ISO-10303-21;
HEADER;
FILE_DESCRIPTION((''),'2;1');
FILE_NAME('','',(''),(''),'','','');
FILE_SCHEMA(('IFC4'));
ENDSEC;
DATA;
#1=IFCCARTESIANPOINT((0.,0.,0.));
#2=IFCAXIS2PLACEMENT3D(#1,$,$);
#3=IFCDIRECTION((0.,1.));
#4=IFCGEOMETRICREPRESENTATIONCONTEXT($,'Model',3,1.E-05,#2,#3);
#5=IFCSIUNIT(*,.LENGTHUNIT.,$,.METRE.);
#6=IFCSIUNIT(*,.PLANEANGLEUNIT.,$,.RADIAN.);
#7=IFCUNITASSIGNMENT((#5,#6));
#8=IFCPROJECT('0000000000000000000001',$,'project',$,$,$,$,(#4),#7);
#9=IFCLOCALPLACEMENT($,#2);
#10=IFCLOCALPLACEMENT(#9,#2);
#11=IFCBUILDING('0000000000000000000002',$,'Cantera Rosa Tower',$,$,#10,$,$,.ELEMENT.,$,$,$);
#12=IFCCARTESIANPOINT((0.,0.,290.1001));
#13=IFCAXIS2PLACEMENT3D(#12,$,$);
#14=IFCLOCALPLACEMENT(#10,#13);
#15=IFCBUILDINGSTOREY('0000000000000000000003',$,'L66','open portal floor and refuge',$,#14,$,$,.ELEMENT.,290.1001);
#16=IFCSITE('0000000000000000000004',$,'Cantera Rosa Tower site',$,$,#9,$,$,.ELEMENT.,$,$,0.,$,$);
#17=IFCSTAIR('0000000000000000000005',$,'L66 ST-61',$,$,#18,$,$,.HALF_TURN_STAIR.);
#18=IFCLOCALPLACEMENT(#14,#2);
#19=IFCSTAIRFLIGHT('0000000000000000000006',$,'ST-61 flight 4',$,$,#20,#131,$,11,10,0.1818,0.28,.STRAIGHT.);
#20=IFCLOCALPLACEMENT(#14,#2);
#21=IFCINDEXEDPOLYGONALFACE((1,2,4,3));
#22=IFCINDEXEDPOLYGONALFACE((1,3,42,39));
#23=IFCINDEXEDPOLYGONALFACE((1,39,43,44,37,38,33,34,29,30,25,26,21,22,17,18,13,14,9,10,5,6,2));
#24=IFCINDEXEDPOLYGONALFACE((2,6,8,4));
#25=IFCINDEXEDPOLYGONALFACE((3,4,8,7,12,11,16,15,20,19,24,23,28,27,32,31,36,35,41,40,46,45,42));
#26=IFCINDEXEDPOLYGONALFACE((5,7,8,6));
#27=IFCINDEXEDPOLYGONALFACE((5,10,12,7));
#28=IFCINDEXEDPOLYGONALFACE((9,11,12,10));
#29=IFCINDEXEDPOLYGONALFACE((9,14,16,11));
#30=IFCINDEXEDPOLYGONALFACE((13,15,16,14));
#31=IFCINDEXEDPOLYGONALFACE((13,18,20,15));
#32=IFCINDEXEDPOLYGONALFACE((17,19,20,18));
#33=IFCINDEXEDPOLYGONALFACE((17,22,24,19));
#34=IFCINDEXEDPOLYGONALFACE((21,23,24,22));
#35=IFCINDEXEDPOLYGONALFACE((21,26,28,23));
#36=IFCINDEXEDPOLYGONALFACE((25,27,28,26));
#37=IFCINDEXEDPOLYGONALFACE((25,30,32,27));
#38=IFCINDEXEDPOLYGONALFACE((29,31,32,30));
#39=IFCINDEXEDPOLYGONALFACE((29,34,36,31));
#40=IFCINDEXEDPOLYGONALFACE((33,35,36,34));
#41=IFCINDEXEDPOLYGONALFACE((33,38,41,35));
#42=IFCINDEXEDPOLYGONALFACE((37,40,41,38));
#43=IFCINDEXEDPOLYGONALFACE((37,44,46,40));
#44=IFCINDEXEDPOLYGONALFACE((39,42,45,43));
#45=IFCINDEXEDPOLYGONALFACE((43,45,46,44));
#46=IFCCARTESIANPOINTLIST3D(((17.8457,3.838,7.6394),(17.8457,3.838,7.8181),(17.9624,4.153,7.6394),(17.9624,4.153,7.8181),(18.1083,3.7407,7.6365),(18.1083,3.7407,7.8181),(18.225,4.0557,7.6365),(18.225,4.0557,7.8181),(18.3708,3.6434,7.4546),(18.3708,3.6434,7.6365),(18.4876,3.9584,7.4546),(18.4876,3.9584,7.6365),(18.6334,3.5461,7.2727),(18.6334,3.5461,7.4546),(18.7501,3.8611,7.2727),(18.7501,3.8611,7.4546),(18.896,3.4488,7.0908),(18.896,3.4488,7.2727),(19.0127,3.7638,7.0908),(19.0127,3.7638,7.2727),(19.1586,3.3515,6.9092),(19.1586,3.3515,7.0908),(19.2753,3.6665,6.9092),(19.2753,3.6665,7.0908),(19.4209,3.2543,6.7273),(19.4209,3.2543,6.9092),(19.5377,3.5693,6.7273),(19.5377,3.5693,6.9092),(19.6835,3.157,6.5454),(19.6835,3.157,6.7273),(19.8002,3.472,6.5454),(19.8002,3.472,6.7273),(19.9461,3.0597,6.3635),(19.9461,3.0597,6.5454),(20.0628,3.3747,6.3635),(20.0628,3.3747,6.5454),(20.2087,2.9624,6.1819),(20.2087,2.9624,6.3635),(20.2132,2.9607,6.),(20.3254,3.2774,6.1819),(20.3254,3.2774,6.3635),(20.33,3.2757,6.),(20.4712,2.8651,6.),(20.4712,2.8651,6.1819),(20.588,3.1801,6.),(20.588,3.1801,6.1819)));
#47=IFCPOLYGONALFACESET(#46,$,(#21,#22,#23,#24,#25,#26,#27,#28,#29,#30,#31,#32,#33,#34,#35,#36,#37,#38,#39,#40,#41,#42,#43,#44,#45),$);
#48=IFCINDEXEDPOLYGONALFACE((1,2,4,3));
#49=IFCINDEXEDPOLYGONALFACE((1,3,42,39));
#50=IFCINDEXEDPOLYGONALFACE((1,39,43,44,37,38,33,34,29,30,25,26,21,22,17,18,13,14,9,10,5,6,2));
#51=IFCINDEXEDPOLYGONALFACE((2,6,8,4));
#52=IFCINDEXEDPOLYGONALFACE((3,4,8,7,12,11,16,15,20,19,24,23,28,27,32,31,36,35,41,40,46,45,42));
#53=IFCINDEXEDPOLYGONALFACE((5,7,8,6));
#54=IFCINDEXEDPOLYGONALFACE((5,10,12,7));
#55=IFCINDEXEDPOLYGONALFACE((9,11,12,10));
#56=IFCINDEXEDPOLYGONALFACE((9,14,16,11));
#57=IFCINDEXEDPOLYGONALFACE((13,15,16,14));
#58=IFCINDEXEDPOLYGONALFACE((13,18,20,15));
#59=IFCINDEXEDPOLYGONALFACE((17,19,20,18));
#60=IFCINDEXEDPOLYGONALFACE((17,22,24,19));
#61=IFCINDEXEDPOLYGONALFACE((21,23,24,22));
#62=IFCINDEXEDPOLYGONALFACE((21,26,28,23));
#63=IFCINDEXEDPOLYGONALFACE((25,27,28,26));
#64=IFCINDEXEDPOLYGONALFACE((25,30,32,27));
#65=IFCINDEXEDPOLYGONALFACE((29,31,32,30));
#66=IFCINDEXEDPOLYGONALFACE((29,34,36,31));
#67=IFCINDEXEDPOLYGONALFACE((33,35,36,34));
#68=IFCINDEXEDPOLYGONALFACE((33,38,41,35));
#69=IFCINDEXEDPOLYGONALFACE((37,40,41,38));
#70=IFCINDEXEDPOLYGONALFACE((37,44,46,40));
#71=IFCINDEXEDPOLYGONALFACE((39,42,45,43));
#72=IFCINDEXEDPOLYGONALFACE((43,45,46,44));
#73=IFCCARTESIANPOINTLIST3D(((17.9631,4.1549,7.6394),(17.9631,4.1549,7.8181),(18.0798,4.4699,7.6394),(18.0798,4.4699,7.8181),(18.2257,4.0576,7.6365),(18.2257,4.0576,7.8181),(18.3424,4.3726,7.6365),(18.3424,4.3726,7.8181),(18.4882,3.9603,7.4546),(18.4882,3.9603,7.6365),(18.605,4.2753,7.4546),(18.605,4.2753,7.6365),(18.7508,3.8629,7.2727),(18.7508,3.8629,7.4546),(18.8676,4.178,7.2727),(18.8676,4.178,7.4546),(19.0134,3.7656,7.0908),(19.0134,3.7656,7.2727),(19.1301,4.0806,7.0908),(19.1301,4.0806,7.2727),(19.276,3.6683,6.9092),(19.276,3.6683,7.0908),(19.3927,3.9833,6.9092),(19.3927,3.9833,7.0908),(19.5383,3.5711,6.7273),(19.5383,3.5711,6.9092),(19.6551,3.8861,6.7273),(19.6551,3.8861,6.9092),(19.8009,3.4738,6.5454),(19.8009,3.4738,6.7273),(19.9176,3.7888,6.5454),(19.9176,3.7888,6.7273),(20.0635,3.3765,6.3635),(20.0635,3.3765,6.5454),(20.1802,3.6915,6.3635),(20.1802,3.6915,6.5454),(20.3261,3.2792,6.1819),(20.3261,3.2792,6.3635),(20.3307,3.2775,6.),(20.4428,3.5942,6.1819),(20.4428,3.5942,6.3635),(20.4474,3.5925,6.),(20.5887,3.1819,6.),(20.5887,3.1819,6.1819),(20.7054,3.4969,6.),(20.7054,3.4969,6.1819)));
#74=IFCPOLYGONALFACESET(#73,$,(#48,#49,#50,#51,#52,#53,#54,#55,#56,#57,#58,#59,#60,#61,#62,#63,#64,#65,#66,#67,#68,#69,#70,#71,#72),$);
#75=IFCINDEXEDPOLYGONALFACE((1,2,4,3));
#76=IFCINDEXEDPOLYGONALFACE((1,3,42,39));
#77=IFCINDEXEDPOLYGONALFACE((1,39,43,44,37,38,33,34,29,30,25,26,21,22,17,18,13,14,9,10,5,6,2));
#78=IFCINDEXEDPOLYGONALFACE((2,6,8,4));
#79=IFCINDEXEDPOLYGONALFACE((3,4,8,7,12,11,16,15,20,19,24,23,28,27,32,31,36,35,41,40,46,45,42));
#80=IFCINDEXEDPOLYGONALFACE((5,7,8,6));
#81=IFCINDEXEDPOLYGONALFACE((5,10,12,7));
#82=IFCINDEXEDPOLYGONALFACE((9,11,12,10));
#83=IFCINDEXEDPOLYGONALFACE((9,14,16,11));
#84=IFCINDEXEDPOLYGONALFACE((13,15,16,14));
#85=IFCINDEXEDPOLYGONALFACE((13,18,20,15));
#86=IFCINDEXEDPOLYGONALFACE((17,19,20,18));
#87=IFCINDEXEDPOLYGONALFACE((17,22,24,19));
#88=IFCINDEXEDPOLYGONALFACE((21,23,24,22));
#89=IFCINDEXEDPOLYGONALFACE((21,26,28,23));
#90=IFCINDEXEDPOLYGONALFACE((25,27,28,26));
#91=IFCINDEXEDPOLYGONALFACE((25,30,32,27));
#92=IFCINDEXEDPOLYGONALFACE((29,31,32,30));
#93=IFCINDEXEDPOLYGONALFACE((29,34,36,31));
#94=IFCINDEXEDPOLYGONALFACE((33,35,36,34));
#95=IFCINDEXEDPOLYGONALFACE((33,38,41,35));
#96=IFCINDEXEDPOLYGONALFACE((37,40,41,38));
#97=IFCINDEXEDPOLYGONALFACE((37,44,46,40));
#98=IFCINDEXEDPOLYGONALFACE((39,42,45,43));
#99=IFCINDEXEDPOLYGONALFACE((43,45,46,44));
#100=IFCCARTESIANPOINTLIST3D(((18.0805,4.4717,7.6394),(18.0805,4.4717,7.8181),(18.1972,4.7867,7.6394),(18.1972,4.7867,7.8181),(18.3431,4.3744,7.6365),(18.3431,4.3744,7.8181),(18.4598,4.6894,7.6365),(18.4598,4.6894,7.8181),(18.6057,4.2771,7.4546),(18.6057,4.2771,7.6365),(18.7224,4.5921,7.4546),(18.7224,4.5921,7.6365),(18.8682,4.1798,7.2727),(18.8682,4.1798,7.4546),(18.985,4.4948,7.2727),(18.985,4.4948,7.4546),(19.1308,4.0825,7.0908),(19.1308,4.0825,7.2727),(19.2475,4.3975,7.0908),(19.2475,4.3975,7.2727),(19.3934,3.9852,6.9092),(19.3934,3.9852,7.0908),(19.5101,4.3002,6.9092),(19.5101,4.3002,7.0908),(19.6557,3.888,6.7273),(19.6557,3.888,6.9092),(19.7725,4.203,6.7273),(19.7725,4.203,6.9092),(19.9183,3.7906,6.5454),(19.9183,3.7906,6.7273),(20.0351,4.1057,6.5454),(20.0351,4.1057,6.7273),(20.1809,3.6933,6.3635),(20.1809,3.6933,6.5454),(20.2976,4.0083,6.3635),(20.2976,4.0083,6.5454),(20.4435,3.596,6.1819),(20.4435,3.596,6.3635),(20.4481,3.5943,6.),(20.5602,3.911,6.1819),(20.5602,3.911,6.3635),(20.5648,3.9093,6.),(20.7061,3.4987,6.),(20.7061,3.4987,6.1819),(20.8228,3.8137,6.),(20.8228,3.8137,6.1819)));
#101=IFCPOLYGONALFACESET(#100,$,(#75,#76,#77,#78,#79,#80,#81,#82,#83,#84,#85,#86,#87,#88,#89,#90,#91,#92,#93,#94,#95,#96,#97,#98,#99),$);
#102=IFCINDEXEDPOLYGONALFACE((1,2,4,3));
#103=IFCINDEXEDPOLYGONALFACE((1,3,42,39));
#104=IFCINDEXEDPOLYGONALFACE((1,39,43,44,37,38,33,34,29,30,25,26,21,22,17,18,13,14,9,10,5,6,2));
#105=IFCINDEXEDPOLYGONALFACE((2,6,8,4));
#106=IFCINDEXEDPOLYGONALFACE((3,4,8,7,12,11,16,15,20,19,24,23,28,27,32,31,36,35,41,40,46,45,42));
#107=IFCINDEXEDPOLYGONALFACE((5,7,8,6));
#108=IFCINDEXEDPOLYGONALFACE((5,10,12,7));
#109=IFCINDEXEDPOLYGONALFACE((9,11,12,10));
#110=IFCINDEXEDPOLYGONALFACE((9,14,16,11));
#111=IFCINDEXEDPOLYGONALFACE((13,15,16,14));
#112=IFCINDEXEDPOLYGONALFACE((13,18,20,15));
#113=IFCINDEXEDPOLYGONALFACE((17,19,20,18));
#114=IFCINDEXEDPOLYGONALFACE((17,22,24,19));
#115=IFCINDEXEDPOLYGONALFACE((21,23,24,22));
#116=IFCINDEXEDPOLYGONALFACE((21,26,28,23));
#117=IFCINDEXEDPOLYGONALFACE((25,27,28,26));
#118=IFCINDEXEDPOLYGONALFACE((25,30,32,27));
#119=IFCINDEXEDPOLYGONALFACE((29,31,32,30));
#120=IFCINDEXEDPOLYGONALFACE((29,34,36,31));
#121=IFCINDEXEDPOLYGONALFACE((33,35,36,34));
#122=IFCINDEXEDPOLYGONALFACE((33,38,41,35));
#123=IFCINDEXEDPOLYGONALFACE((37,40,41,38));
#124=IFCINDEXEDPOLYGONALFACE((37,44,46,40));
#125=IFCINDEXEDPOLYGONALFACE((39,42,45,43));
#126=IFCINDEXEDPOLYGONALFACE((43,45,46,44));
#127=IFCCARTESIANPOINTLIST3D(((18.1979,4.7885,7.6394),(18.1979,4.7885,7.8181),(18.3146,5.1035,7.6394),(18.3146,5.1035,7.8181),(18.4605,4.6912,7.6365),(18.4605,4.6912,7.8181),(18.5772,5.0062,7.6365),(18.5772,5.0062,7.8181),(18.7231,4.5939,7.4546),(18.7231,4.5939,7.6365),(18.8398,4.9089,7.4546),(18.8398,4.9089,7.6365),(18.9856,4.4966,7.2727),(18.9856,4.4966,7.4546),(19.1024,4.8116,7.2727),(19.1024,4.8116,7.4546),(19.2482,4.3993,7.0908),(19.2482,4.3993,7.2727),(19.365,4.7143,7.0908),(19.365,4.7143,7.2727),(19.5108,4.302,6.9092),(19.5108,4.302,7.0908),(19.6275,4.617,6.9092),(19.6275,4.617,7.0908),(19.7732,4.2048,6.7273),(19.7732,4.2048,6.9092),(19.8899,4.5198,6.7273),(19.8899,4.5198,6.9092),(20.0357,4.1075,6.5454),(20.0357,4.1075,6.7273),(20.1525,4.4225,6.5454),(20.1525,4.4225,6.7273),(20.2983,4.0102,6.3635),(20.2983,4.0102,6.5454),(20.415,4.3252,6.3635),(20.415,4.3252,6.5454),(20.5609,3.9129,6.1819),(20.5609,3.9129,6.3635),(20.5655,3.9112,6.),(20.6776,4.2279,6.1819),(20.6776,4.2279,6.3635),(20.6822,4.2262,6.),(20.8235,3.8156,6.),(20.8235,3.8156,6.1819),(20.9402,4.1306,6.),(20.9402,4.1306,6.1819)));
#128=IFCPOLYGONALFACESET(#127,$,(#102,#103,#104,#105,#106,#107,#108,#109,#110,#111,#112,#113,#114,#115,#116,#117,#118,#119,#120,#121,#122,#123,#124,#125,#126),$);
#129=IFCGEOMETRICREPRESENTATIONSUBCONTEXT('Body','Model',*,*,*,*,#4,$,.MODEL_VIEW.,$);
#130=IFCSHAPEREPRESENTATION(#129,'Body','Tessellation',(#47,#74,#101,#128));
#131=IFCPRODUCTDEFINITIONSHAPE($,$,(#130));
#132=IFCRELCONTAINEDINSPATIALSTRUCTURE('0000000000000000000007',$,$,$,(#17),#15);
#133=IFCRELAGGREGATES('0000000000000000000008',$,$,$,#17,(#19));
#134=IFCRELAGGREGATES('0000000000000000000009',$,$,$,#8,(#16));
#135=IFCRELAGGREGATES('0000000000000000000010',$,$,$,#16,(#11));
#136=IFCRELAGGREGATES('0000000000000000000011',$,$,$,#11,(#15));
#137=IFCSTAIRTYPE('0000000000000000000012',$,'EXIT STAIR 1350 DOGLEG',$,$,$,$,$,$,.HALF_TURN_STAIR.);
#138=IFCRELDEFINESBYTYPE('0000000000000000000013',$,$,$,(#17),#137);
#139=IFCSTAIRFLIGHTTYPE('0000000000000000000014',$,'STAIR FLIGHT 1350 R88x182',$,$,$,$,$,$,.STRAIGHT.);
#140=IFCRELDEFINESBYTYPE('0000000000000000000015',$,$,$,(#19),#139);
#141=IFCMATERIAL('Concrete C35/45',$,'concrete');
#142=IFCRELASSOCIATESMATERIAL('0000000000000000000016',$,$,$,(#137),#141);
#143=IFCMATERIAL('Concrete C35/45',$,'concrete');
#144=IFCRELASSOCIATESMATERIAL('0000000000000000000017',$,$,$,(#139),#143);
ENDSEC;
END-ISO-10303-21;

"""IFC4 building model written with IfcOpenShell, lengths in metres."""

from ifc_helpers import new_model, si_unit, direction, frame, origin, place, context, subcontext, project, spatial, polyline, outline, extrude, material, type_object, element, aggregate, save


model = new_model("IFC4")

# Units and contexts
model_context = context("Model", 3, precision=1e-05, world=origin(), true_north=direction((0.0, 1.0)))
body_context = subcontext(model_context, "Body", "Model", "MODEL_VIEW")
ifc_project = project(units=[si_unit("LENGTHUNIT", "METRE"), si_unit("PLANEANGLEUNIT", "RADIAN")], contexts=[model_context])

# Site, building, storey
site_placement = place(None, origin())
site = spatial("IfcSite", under=ifc_project, at=site_placement, Name="Cantera Rosa Tower site", CompositionType="ELEMENT", RefElevation=0.0)
building_placement = place(site_placement, origin())
building = spatial("IfcBuilding", under=site, at=building_placement, Name="Cantera Rosa Tower", CompositionType="ELEMENT")
storey_placement = place(building_placement, frame((0.0, 0.0, 290.1001)))
storey = spatial("IfcBuildingStorey", under=building, at=storey_placement, Name="L66", Description="open portal floor and refuge", CompositionType="ELEMENT", Elevation=290.1001)

# Stair, stair flight
ifc_material_1 = material(Name="Concrete C35/45", Category="concrete")
stair_type = type_object("IfcStairType", Name="EXIT STAIR 1350 DOGLEG", PredefinedType="HALF_TURN_STAIR", material=ifc_material_1)
stair_placement = place(storey_placement, origin())
stair = element("IfcStair", 1, at=stair_placement, inside=storey, type_object=stair_type, Name="L66 ST-61", PredefinedType="HALF_TURN_STAIR")
ifc_material_2 = material(Name="Concrete C35/45", Category="concrete")
stair_flight_type = type_object("IfcStairFlightType", Name="STAIR FLIGHT 1350 R88x182", PredefinedType="STRAIGHT", material=ifc_material_2)
stair_flight_1_placement = place(storey_placement, frame((20.7058, 3.498, 6.0), z_axis=(0.0, 0.0, 1.0), x_axis=(-0.937687, 0.347481, 0.0)))
stair_flight_1 = element("IfcStairFlight", 2, at=stair_flight_1_placement, type_object=stair_flight_type, Name="ST-61 flight 4", NumberOfRisers=11, NumberOfTreads=10, PredefinedType="STRAIGHT", RiserHeight=0.1818, TreadLength=0.28, context=body_context, shape_type="SweptSolid", body=[
    extrude(outline(polyline([(0.0, 0.0), (0.0, 0.1819), (0.28, 0.1819), (0.28, 0.3635), (0.5601, 0.3635), (0.5601, 0.5454), (0.8401, 0.5454), (0.8401, 0.7273), (1.1201, 0.7273), (1.1201, 0.9092), (1.3999, 0.9092), (1.3999, 1.0908), (1.6799, 1.0908), (1.6799, 1.2727), (1.96, 1.2727), (1.96, 1.4546), (2.24, 1.4546), (2.24, 1.6365), (2.52, 1.6365), (2.52, 1.8181), (2.8, 1.8181), (2.8, 2.0), (2.8, 1.6394), (0.2751, 0.0), (0.0, 0.0)])), frame((0.0, 0.675, 0.0), z_axis=(0.0, -1.0, 0.0), x_axis=(1.0, 0.0, 0.0)), (0.0, 0.0, 1.0), 0.3359),
    extrude(outline(polyline([(0.0, 0.0), (0.0, 0.1819), (0.28, 0.1819), (0.28, 0.3635), (0.5601, 0.3635), (0.5601, 0.5454), (0.8401, 0.5454), (0.8401, 0.7273), (1.1201, 0.7273), (1.1201, 0.9092), (1.3999, 0.9092), (1.3999, 1.0908), (1.6799, 1.0908), (1.6799, 1.2727), (1.96, 1.2727), (1.96, 1.4546), (2.24, 1.4546), (2.24, 1.6365), (2.52, 1.6365), (2.52, 1.8181), (2.8, 1.8181), (2.8, 2.0), (2.8, 1.6394), (0.2751, 0.0), (0.0, 0.0)])), frame((0.0, 0.3372, 0.0), z_axis=(0.0, -1.0, 0.0), x_axis=(1.0, 0.0, 0.0)), (0.0, 0.0, 1.0), 0.3359),
    extrude(outline(polyline([(0.0, 0.0), (0.0, 0.1819), (0.28, 0.1819), (0.28, 0.3635), (0.5601, 0.3635), (0.5601, 0.5454), (0.8401, 0.5454), (0.8401, 0.7273), (1.1201, 0.7273), (1.1201, 0.9092), (1.3999, 0.9092), (1.3999, 1.0908), (1.6799, 1.0908), (1.6799, 1.2727), (1.96, 1.2727), (1.96, 1.4546), (2.24, 1.4546), (2.24, 1.6365), (2.52, 1.6365), (2.52, 1.8181), (2.8, 1.8181), (2.8, 2.0), (2.8, 1.6394), (0.2751, 0.0), (0.0, 0.0)])), frame((0.0, -0.0007, 0.0), z_axis=(0.0, -1.0, 0.0), x_axis=(1.0, 0.0, 0.0)), (0.0, 0.0, 1.0), 0.3359),
    extrude(outline(polyline([(0.0, 0.0), (0.0, 0.1819), (0.28, 0.1819), (0.28, 0.3635), (0.5601, 0.3635), (0.5601, 0.5454), (0.8401, 0.5454), (0.8401, 0.7273), (1.1201, 0.7273), (1.1201, 0.9092), (1.3999, 0.9092), (1.3999, 1.0908), (1.6799, 1.0908), (1.6799, 1.2727), (1.96, 1.2727), (1.96, 1.4546), (2.24, 1.4546), (2.24, 1.6365), (2.52, 1.6365), (2.52, 1.8181), (2.8, 1.8181), (2.8, 2.0), (2.8, 1.6394), (0.2751, 0.0), (0.0, 0.0)])), frame((0.0, -0.3386, 0.0), z_axis=(0.0, -1.0, 0.0), x_axis=(1.0, 0.0, 0.0)), (0.0, 0.0, 1.0), 0.3359),
])
aggregate(stair, [stair_flight_1])

save(model, "model.ifc")
